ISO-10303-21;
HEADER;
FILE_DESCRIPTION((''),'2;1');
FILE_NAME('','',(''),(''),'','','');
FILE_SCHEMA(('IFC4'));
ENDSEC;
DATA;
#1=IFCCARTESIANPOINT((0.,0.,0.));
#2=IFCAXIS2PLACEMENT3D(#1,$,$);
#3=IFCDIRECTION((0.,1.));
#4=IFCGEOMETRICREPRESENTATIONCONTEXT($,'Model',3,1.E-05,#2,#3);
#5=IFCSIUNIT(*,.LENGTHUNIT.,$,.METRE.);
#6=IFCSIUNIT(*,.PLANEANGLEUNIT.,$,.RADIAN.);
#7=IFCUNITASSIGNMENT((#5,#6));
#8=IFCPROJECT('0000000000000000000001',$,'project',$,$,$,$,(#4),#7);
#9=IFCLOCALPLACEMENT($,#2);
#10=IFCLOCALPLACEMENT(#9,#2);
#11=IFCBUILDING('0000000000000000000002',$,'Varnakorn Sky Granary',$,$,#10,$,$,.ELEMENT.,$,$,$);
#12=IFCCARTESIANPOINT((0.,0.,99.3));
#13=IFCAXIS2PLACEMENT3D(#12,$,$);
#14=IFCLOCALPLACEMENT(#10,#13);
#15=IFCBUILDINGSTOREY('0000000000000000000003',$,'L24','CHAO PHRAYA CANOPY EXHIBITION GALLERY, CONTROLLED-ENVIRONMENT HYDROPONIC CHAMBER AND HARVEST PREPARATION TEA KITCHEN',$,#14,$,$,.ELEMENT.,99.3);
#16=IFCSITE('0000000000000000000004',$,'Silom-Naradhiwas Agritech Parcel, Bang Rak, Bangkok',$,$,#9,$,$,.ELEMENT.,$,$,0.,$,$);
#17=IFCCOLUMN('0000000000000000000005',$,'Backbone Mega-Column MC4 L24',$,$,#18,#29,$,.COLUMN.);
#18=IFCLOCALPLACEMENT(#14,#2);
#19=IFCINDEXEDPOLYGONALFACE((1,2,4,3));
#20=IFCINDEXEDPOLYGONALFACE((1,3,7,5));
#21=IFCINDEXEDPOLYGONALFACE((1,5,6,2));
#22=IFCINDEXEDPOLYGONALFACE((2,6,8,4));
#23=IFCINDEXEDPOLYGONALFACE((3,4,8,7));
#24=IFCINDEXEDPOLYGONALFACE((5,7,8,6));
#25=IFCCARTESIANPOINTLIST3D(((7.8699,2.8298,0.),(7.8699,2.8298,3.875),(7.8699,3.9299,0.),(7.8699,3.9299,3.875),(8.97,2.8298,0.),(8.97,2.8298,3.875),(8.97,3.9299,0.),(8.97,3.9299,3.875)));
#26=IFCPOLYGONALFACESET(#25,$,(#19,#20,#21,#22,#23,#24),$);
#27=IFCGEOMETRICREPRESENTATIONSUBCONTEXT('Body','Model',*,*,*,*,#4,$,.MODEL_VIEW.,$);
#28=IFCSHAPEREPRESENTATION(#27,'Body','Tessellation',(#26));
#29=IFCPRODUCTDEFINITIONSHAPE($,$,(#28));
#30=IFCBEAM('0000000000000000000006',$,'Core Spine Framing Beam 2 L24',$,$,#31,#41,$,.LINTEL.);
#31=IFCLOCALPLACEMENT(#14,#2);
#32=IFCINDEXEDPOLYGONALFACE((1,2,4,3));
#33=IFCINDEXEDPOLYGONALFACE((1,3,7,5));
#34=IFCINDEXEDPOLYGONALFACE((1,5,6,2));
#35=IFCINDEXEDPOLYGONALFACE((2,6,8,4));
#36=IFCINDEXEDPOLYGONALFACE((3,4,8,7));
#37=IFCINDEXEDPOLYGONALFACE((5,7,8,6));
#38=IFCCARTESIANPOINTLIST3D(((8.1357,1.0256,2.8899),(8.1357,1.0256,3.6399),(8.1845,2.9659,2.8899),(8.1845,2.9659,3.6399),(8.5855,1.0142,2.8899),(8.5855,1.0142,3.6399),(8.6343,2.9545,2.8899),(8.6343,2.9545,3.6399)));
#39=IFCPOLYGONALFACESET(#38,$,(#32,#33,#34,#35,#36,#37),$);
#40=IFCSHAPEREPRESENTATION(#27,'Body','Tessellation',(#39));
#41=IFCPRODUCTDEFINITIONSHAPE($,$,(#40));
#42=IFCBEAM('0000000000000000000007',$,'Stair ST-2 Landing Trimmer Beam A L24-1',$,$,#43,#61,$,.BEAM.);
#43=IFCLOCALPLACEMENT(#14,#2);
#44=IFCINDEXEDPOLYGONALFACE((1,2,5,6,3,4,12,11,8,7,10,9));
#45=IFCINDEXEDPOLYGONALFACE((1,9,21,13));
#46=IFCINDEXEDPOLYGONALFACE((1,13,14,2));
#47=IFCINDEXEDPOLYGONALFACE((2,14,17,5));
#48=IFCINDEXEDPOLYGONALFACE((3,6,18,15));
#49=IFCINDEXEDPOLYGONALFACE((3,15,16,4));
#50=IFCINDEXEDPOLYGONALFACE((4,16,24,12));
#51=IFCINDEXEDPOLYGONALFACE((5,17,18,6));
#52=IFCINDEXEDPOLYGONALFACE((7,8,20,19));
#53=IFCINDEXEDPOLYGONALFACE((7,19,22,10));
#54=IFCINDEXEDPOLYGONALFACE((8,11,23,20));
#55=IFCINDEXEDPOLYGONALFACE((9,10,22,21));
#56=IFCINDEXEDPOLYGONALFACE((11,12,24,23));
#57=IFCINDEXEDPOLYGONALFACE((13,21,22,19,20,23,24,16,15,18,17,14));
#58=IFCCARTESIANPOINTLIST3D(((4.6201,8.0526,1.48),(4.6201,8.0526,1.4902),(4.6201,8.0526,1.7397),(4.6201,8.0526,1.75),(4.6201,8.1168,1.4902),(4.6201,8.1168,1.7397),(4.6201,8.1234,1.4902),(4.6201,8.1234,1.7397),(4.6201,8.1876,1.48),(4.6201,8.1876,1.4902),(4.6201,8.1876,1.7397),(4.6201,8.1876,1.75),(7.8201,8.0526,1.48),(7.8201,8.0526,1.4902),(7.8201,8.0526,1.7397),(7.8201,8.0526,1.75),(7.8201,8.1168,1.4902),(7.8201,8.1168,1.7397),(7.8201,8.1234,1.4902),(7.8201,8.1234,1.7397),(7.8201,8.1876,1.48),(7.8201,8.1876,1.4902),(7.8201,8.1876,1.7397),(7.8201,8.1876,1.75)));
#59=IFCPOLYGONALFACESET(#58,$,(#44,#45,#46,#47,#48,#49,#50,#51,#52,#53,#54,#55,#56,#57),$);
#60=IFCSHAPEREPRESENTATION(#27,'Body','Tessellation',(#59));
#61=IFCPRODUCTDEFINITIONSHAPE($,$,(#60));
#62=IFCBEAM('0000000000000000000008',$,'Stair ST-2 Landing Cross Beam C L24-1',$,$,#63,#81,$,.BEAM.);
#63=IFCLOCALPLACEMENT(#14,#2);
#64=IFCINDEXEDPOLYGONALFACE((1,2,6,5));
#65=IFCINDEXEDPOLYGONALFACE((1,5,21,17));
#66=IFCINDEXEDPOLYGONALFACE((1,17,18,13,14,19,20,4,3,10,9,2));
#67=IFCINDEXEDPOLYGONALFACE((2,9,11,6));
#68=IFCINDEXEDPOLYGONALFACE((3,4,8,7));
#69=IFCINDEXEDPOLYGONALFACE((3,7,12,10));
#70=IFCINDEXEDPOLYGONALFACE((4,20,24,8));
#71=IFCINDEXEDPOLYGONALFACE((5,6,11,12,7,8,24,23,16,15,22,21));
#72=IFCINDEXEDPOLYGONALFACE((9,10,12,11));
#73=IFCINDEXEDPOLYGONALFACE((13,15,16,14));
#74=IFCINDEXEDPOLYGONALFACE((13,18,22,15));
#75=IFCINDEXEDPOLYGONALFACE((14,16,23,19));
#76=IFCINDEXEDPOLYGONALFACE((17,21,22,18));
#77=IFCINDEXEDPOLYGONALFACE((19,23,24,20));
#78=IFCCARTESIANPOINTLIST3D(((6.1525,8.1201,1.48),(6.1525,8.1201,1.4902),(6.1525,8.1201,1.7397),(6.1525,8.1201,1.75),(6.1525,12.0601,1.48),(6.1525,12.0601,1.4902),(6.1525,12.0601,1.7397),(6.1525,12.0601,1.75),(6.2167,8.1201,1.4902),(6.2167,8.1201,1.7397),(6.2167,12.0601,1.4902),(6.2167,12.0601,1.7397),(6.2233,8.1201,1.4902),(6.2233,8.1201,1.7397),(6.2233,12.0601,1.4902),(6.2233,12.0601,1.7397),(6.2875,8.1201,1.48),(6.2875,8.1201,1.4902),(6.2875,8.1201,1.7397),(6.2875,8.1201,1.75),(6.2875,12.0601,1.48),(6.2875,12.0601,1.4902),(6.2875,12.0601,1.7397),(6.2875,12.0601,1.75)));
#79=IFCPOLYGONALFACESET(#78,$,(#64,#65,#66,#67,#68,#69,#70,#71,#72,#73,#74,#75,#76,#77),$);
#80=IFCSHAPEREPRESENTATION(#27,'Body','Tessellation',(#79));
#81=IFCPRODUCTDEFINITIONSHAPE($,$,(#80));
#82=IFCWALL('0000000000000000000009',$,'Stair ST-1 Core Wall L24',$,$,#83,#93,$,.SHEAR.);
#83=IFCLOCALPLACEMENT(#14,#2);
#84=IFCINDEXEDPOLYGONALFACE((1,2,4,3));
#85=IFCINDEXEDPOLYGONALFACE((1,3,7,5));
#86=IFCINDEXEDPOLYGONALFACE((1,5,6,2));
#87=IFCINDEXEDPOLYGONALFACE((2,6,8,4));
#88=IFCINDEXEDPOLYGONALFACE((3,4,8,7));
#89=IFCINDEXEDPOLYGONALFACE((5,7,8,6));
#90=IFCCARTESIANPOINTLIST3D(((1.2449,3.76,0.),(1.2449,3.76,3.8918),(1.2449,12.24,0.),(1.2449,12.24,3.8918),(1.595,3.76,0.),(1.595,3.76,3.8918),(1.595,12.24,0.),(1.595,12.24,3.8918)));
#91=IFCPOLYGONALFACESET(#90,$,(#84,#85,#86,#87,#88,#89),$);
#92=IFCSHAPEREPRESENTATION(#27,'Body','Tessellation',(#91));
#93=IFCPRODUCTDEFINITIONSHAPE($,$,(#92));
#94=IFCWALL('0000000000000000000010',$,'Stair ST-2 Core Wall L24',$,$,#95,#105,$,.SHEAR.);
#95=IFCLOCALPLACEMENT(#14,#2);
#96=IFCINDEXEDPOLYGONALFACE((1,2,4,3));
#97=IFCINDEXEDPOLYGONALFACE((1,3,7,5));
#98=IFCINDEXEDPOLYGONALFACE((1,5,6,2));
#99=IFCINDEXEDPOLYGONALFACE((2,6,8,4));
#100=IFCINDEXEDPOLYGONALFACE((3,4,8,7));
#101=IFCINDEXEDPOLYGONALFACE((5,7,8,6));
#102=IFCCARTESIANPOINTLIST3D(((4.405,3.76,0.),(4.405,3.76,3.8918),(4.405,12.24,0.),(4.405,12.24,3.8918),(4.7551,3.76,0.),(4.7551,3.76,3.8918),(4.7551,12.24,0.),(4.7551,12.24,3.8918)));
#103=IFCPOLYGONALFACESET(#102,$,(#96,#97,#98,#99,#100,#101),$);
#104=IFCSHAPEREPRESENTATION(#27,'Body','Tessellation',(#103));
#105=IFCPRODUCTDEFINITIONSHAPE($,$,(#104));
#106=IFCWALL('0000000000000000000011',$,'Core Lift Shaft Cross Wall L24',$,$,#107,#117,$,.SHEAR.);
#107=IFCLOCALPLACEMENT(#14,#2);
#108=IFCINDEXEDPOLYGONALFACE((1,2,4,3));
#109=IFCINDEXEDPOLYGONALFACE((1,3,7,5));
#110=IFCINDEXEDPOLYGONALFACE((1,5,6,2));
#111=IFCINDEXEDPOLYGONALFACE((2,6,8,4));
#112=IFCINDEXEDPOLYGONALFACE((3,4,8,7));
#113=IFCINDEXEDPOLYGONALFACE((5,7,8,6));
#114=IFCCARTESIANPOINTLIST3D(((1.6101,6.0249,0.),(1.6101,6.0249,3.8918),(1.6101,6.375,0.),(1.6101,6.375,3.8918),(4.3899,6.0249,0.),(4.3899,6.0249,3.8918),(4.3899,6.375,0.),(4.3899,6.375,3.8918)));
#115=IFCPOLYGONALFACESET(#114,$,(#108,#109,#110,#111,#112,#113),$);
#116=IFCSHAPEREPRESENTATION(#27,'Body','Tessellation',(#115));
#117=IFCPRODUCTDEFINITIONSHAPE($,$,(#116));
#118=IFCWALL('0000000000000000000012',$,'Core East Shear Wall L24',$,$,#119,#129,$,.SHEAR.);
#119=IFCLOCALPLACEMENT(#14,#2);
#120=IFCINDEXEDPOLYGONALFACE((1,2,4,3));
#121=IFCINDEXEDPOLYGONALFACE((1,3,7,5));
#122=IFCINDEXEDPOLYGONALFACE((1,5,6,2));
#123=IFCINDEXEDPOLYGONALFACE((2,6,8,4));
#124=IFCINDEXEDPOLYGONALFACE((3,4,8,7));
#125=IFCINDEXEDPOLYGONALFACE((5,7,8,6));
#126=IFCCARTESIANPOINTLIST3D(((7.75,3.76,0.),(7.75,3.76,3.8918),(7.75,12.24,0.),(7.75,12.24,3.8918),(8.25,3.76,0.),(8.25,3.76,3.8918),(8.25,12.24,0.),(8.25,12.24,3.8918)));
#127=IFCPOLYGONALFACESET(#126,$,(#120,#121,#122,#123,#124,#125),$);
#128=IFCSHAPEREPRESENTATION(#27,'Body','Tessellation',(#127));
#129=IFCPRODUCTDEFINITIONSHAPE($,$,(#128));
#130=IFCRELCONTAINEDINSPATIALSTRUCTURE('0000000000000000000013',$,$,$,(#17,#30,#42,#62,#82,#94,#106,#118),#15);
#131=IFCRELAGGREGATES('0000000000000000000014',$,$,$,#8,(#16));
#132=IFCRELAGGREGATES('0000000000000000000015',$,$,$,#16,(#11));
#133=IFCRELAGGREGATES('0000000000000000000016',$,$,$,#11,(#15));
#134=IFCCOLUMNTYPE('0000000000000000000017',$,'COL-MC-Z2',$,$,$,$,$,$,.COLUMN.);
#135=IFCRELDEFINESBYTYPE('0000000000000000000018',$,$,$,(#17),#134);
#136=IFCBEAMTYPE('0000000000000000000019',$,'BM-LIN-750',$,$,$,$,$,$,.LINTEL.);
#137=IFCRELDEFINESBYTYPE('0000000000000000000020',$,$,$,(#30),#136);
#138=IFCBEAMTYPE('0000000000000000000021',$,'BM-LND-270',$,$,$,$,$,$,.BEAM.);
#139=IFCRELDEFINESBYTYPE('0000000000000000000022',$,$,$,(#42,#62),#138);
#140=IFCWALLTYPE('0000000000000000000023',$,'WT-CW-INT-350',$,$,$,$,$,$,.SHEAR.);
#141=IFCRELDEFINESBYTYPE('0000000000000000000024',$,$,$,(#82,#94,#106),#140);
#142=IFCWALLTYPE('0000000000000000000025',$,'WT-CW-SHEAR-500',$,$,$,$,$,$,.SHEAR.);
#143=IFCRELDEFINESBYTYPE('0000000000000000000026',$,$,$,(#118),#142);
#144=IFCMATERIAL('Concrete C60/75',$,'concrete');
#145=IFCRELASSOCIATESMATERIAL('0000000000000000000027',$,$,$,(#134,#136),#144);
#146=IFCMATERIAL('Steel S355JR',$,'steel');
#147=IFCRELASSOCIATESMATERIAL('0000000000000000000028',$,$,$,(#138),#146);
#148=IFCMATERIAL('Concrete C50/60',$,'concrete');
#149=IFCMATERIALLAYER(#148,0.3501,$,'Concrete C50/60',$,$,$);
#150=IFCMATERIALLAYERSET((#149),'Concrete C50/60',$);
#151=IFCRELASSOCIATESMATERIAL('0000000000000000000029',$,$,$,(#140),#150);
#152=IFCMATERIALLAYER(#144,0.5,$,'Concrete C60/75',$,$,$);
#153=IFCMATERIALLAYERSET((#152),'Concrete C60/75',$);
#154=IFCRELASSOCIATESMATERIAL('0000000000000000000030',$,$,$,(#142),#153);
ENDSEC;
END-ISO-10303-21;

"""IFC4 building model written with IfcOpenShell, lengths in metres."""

from ifc_helpers import new_model, si_unit, direction, frame, frame_2d, origin, origin_2d, place, context, subcontext, project, spatial, rectangle, i_section, extrude, material, layer, layer_set, material_profile, profile_set, type_object, element, save


model = new_model("IFC4")

# Units and contexts
model_context = context("Model", 3, precision=1e-05, world=origin(), true_north=direction((0.0, 1.0)))
body_context = subcontext(model_context, "Body", "Model", "MODEL_VIEW")
ifc_project = project(units=[si_unit("LENGTHUNIT", "METRE"), si_unit("PLANEANGLEUNIT", "RADIAN")], contexts=[model_context])

# Site, building, storey
site_placement = place(None, origin())
site = spatial("IfcSite", under=ifc_project, at=site_placement, Name="Silom-Naradhiwas Agritech Parcel, Bang Rak, Bangkok", CompositionType="ELEMENT", RefElevation=0.0)
building_placement = place(site_placement, origin())
building = spatial("IfcBuilding", under=site, at=building_placement, Name="Varnakorn Sky Granary", CompositionType="ELEMENT")
storey_placement = place(building_placement, frame((0.0, 0.0, 99.3)))
storey = spatial("IfcBuildingStorey", under=building, at=storey_placement, Name="L24", Description="CHAO PHRAYA CANOPY EXHIBITION GALLERY, CONTROLLED-ENVIRONMENT HYDROPONIC CHAMBER AND HARVEST PREPARATION TEA KITCHEN", CompositionType="ELEMENT", Elevation=99.3)

# Column
ifc_material_1 = material(Name="Concrete C60/75", Category="concrete")
ifc_material_profile_1 = material_profile(ifc_material_1, rectangle(XDim=1.1001, YDim=1.1001, at=origin_2d()), Name="RC 1100x1100")
ifc_profile_set_1 = profile_set([ifc_material_profile_1], Name="Concrete C60/75")
column_type = type_object("IfcColumnType", Name="COL-MC-Z2", PredefinedType="COLUMN", material=ifc_profile_set_1)
column_placement = place(storey_placement, frame((8.4199, 3.3799, 0.0), z_axis=(0.0, 0.0, 1.0), x_axis=(1.0, 0.0, 0.0)))
element("IfcColumn", 1, at=column_placement, inside=storey, type_object=column_type, Name="Backbone Mega-Column MC4 L24", PredefinedType="COLUMN", context=body_context, shape_type="SweptSolid", body=[
    extrude(rectangle(XDim=1.1001, YDim=1.1001, at=origin_2d()), origin(), (0.0, 0.0, 1.0), 3.875),
])

# Beams
ifc_material_profile_2 = material_profile(ifc_material_1, rectangle(XDim=0.45, YDim=0.75, at=origin_2d()), Name="RC 450x750")
ifc_profile_set_2 = profile_set([ifc_material_profile_2], Name="Concrete C60/75")
beam_type_1 = type_object("IfcBeamType", Name="BM-LIN-750", PredefinedType="LINTEL", material=ifc_profile_set_2)
beam_1_placement = place(storey_placement, frame((8.4094, 2.9602, 3.2649), z_axis=(-0.025159, -0.999683, 0.0), x_axis=(0.999683, -0.025159, 0.0)))
element("IfcBeam", 2, at=beam_1_placement, inside=storey, type_object=beam_type_1, Name="Core Spine Framing Beam 2 L24", PredefinedType="LINTEL", context=body_context, shape_type="SweptSolid", body=[
    extrude(rectangle(XDim=0.45, YDim=0.75, at=origin_2d()), origin(), (0.0, 0.0, 1.0), 1.9409),
])
ifc_material_2 = material(Name="Steel S355JR", Category="steel")
ifc_material_profile_3 = material_profile(ifc_material_2, i_section(OverallWidth=0.135, OverallDepth=0.27, WebThickness=0.0066, FlangeThickness=0.0103, at=origin_2d()), Name="IPE 270")
ifc_profile_set_3 = profile_set([ifc_material_profile_3], Name="Steel S355JR")
beam_type_2 = type_object("IfcBeamType", Name="BM-LND-270", PredefinedType="BEAM", material=ifc_profile_set_3)
beam_2_placement = place(storey_placement, frame((4.6201, 8.1201, 1.615), z_axis=(1.0, 0.0, 0.0), x_axis=(0.0, 1.0, 0.0)))
element("IfcBeam", 3, at=beam_2_placement, inside=storey, type_object=beam_type_2, Name="Stair ST-2 Landing Trimmer Beam A L24-1", PredefinedType="BEAM", context=body_context, shape_type="SweptSolid", body=[
    extrude(i_section(OverallWidth=0.135, OverallDepth=0.27, WebThickness=0.0066, FlangeThickness=0.0103, at=origin_2d()), origin(), (0.0, 0.0, 1.0), 3.2),
])
beam_3_placement = place(storey_placement, frame((6.22, 8.1201, 1.615), z_axis=(0.0, 1.0, 0.0), x_axis=(-1.0, 0.0, 0.0)))
element("IfcBeam", 4, at=beam_3_placement, inside=storey, type_object=beam_type_2, Name="Stair ST-2 Landing Cross Beam C L24-1", PredefinedType="BEAM", context=body_context, shape_type="SweptSolid", body=[
    extrude(i_section(OverallWidth=0.135, OverallDepth=0.27, WebThickness=0.0066, FlangeThickness=0.0103, at=origin_2d()), origin(), (0.0, 0.0, 1.0), 3.9399),
])

# Walls
ifc_material_3 = material(Name="Concrete C50/60", Category="concrete")
ifc_layer_1 = layer(ifc_material_3, 0.3501, Name="Concrete C50/60")
ifc_layer_set_1 = layer_set([ifc_layer_1], Name="Concrete C50/60")
wall_type_1 = type_object("IfcWallType", Name="WT-CW-INT-350", PredefinedType="SHEAR", material=ifc_layer_set_1)
for number, where, z_axis, x_axis, name in (
    (5, (1.4199, 3.76, 0.0), (0.0, 0.0, 1.0), (0.0, 1.0, 0.0), "Stair ST-1 Core Wall L24"),
    (6, (4.5801, 3.76, 0.0), (0.0, 0.0, 1.0), (0.0, 1.0, 0.0), "Stair ST-2 Core Wall L24"),
):
    element("IfcWall", number, at=place(storey_placement, frame(where, z_axis=z_axis, x_axis=x_axis)), inside=storey, type_object=wall_type_1, Name=name, PredefinedType="SHEAR", context=body_context, shape_type="SweptSolid", body=[
        extrude(rectangle(XDim=8.48, YDim=0.3501, at=frame_2d((4.24, 0.0))), origin(), (0.0, 0.0, 1.0), 3.8918),
    ])
wall_1_placement = place(storey_placement, frame((1.6101, 6.2, 0.0), z_axis=(0.0, 0.0, 1.0), x_axis=(1.0, 0.0, 0.0)))
element("IfcWall", 7, at=wall_1_placement, inside=storey, type_object=wall_type_1, Name="Core Lift Shaft Cross Wall L24", PredefinedType="SHEAR", context=body_context, shape_type="SweptSolid", body=[
    extrude(rectangle(XDim=2.7798, YDim=0.3501, at=frame_2d((1.3899, 0.0))), origin(), (0.0, 0.0, 1.0), 3.8918),
])
ifc_layer_2 = layer(ifc_material_1, 0.5, Name="Concrete C60/75")
ifc_layer_set_2 = layer_set([ifc_layer_2], Name="Concrete C60/75")
wall_type_2 = type_object("IfcWallType", Name="WT-CW-SHEAR-500", PredefinedType="SHEAR", material=ifc_layer_set_2)
wall_2_placement = place(storey_placement, frame((8.0, 3.76, 0.0), z_axis=(0.0, 0.0, 1.0), x_axis=(0.0, 1.0, 0.0)))
element("IfcWall", 8, at=wall_2_placement, inside=storey, type_object=wall_type_2, Name="Core East Shear Wall L24", PredefinedType="SHEAR", context=body_context, shape_type="SweptSolid", body=[
    extrude(rectangle(XDim=8.48, YDim=0.5, at=frame_2d((4.24, 0.0))), origin(), (0.0, 0.0, 1.0), 3.8918),
])

save(model, "model.ifc")
